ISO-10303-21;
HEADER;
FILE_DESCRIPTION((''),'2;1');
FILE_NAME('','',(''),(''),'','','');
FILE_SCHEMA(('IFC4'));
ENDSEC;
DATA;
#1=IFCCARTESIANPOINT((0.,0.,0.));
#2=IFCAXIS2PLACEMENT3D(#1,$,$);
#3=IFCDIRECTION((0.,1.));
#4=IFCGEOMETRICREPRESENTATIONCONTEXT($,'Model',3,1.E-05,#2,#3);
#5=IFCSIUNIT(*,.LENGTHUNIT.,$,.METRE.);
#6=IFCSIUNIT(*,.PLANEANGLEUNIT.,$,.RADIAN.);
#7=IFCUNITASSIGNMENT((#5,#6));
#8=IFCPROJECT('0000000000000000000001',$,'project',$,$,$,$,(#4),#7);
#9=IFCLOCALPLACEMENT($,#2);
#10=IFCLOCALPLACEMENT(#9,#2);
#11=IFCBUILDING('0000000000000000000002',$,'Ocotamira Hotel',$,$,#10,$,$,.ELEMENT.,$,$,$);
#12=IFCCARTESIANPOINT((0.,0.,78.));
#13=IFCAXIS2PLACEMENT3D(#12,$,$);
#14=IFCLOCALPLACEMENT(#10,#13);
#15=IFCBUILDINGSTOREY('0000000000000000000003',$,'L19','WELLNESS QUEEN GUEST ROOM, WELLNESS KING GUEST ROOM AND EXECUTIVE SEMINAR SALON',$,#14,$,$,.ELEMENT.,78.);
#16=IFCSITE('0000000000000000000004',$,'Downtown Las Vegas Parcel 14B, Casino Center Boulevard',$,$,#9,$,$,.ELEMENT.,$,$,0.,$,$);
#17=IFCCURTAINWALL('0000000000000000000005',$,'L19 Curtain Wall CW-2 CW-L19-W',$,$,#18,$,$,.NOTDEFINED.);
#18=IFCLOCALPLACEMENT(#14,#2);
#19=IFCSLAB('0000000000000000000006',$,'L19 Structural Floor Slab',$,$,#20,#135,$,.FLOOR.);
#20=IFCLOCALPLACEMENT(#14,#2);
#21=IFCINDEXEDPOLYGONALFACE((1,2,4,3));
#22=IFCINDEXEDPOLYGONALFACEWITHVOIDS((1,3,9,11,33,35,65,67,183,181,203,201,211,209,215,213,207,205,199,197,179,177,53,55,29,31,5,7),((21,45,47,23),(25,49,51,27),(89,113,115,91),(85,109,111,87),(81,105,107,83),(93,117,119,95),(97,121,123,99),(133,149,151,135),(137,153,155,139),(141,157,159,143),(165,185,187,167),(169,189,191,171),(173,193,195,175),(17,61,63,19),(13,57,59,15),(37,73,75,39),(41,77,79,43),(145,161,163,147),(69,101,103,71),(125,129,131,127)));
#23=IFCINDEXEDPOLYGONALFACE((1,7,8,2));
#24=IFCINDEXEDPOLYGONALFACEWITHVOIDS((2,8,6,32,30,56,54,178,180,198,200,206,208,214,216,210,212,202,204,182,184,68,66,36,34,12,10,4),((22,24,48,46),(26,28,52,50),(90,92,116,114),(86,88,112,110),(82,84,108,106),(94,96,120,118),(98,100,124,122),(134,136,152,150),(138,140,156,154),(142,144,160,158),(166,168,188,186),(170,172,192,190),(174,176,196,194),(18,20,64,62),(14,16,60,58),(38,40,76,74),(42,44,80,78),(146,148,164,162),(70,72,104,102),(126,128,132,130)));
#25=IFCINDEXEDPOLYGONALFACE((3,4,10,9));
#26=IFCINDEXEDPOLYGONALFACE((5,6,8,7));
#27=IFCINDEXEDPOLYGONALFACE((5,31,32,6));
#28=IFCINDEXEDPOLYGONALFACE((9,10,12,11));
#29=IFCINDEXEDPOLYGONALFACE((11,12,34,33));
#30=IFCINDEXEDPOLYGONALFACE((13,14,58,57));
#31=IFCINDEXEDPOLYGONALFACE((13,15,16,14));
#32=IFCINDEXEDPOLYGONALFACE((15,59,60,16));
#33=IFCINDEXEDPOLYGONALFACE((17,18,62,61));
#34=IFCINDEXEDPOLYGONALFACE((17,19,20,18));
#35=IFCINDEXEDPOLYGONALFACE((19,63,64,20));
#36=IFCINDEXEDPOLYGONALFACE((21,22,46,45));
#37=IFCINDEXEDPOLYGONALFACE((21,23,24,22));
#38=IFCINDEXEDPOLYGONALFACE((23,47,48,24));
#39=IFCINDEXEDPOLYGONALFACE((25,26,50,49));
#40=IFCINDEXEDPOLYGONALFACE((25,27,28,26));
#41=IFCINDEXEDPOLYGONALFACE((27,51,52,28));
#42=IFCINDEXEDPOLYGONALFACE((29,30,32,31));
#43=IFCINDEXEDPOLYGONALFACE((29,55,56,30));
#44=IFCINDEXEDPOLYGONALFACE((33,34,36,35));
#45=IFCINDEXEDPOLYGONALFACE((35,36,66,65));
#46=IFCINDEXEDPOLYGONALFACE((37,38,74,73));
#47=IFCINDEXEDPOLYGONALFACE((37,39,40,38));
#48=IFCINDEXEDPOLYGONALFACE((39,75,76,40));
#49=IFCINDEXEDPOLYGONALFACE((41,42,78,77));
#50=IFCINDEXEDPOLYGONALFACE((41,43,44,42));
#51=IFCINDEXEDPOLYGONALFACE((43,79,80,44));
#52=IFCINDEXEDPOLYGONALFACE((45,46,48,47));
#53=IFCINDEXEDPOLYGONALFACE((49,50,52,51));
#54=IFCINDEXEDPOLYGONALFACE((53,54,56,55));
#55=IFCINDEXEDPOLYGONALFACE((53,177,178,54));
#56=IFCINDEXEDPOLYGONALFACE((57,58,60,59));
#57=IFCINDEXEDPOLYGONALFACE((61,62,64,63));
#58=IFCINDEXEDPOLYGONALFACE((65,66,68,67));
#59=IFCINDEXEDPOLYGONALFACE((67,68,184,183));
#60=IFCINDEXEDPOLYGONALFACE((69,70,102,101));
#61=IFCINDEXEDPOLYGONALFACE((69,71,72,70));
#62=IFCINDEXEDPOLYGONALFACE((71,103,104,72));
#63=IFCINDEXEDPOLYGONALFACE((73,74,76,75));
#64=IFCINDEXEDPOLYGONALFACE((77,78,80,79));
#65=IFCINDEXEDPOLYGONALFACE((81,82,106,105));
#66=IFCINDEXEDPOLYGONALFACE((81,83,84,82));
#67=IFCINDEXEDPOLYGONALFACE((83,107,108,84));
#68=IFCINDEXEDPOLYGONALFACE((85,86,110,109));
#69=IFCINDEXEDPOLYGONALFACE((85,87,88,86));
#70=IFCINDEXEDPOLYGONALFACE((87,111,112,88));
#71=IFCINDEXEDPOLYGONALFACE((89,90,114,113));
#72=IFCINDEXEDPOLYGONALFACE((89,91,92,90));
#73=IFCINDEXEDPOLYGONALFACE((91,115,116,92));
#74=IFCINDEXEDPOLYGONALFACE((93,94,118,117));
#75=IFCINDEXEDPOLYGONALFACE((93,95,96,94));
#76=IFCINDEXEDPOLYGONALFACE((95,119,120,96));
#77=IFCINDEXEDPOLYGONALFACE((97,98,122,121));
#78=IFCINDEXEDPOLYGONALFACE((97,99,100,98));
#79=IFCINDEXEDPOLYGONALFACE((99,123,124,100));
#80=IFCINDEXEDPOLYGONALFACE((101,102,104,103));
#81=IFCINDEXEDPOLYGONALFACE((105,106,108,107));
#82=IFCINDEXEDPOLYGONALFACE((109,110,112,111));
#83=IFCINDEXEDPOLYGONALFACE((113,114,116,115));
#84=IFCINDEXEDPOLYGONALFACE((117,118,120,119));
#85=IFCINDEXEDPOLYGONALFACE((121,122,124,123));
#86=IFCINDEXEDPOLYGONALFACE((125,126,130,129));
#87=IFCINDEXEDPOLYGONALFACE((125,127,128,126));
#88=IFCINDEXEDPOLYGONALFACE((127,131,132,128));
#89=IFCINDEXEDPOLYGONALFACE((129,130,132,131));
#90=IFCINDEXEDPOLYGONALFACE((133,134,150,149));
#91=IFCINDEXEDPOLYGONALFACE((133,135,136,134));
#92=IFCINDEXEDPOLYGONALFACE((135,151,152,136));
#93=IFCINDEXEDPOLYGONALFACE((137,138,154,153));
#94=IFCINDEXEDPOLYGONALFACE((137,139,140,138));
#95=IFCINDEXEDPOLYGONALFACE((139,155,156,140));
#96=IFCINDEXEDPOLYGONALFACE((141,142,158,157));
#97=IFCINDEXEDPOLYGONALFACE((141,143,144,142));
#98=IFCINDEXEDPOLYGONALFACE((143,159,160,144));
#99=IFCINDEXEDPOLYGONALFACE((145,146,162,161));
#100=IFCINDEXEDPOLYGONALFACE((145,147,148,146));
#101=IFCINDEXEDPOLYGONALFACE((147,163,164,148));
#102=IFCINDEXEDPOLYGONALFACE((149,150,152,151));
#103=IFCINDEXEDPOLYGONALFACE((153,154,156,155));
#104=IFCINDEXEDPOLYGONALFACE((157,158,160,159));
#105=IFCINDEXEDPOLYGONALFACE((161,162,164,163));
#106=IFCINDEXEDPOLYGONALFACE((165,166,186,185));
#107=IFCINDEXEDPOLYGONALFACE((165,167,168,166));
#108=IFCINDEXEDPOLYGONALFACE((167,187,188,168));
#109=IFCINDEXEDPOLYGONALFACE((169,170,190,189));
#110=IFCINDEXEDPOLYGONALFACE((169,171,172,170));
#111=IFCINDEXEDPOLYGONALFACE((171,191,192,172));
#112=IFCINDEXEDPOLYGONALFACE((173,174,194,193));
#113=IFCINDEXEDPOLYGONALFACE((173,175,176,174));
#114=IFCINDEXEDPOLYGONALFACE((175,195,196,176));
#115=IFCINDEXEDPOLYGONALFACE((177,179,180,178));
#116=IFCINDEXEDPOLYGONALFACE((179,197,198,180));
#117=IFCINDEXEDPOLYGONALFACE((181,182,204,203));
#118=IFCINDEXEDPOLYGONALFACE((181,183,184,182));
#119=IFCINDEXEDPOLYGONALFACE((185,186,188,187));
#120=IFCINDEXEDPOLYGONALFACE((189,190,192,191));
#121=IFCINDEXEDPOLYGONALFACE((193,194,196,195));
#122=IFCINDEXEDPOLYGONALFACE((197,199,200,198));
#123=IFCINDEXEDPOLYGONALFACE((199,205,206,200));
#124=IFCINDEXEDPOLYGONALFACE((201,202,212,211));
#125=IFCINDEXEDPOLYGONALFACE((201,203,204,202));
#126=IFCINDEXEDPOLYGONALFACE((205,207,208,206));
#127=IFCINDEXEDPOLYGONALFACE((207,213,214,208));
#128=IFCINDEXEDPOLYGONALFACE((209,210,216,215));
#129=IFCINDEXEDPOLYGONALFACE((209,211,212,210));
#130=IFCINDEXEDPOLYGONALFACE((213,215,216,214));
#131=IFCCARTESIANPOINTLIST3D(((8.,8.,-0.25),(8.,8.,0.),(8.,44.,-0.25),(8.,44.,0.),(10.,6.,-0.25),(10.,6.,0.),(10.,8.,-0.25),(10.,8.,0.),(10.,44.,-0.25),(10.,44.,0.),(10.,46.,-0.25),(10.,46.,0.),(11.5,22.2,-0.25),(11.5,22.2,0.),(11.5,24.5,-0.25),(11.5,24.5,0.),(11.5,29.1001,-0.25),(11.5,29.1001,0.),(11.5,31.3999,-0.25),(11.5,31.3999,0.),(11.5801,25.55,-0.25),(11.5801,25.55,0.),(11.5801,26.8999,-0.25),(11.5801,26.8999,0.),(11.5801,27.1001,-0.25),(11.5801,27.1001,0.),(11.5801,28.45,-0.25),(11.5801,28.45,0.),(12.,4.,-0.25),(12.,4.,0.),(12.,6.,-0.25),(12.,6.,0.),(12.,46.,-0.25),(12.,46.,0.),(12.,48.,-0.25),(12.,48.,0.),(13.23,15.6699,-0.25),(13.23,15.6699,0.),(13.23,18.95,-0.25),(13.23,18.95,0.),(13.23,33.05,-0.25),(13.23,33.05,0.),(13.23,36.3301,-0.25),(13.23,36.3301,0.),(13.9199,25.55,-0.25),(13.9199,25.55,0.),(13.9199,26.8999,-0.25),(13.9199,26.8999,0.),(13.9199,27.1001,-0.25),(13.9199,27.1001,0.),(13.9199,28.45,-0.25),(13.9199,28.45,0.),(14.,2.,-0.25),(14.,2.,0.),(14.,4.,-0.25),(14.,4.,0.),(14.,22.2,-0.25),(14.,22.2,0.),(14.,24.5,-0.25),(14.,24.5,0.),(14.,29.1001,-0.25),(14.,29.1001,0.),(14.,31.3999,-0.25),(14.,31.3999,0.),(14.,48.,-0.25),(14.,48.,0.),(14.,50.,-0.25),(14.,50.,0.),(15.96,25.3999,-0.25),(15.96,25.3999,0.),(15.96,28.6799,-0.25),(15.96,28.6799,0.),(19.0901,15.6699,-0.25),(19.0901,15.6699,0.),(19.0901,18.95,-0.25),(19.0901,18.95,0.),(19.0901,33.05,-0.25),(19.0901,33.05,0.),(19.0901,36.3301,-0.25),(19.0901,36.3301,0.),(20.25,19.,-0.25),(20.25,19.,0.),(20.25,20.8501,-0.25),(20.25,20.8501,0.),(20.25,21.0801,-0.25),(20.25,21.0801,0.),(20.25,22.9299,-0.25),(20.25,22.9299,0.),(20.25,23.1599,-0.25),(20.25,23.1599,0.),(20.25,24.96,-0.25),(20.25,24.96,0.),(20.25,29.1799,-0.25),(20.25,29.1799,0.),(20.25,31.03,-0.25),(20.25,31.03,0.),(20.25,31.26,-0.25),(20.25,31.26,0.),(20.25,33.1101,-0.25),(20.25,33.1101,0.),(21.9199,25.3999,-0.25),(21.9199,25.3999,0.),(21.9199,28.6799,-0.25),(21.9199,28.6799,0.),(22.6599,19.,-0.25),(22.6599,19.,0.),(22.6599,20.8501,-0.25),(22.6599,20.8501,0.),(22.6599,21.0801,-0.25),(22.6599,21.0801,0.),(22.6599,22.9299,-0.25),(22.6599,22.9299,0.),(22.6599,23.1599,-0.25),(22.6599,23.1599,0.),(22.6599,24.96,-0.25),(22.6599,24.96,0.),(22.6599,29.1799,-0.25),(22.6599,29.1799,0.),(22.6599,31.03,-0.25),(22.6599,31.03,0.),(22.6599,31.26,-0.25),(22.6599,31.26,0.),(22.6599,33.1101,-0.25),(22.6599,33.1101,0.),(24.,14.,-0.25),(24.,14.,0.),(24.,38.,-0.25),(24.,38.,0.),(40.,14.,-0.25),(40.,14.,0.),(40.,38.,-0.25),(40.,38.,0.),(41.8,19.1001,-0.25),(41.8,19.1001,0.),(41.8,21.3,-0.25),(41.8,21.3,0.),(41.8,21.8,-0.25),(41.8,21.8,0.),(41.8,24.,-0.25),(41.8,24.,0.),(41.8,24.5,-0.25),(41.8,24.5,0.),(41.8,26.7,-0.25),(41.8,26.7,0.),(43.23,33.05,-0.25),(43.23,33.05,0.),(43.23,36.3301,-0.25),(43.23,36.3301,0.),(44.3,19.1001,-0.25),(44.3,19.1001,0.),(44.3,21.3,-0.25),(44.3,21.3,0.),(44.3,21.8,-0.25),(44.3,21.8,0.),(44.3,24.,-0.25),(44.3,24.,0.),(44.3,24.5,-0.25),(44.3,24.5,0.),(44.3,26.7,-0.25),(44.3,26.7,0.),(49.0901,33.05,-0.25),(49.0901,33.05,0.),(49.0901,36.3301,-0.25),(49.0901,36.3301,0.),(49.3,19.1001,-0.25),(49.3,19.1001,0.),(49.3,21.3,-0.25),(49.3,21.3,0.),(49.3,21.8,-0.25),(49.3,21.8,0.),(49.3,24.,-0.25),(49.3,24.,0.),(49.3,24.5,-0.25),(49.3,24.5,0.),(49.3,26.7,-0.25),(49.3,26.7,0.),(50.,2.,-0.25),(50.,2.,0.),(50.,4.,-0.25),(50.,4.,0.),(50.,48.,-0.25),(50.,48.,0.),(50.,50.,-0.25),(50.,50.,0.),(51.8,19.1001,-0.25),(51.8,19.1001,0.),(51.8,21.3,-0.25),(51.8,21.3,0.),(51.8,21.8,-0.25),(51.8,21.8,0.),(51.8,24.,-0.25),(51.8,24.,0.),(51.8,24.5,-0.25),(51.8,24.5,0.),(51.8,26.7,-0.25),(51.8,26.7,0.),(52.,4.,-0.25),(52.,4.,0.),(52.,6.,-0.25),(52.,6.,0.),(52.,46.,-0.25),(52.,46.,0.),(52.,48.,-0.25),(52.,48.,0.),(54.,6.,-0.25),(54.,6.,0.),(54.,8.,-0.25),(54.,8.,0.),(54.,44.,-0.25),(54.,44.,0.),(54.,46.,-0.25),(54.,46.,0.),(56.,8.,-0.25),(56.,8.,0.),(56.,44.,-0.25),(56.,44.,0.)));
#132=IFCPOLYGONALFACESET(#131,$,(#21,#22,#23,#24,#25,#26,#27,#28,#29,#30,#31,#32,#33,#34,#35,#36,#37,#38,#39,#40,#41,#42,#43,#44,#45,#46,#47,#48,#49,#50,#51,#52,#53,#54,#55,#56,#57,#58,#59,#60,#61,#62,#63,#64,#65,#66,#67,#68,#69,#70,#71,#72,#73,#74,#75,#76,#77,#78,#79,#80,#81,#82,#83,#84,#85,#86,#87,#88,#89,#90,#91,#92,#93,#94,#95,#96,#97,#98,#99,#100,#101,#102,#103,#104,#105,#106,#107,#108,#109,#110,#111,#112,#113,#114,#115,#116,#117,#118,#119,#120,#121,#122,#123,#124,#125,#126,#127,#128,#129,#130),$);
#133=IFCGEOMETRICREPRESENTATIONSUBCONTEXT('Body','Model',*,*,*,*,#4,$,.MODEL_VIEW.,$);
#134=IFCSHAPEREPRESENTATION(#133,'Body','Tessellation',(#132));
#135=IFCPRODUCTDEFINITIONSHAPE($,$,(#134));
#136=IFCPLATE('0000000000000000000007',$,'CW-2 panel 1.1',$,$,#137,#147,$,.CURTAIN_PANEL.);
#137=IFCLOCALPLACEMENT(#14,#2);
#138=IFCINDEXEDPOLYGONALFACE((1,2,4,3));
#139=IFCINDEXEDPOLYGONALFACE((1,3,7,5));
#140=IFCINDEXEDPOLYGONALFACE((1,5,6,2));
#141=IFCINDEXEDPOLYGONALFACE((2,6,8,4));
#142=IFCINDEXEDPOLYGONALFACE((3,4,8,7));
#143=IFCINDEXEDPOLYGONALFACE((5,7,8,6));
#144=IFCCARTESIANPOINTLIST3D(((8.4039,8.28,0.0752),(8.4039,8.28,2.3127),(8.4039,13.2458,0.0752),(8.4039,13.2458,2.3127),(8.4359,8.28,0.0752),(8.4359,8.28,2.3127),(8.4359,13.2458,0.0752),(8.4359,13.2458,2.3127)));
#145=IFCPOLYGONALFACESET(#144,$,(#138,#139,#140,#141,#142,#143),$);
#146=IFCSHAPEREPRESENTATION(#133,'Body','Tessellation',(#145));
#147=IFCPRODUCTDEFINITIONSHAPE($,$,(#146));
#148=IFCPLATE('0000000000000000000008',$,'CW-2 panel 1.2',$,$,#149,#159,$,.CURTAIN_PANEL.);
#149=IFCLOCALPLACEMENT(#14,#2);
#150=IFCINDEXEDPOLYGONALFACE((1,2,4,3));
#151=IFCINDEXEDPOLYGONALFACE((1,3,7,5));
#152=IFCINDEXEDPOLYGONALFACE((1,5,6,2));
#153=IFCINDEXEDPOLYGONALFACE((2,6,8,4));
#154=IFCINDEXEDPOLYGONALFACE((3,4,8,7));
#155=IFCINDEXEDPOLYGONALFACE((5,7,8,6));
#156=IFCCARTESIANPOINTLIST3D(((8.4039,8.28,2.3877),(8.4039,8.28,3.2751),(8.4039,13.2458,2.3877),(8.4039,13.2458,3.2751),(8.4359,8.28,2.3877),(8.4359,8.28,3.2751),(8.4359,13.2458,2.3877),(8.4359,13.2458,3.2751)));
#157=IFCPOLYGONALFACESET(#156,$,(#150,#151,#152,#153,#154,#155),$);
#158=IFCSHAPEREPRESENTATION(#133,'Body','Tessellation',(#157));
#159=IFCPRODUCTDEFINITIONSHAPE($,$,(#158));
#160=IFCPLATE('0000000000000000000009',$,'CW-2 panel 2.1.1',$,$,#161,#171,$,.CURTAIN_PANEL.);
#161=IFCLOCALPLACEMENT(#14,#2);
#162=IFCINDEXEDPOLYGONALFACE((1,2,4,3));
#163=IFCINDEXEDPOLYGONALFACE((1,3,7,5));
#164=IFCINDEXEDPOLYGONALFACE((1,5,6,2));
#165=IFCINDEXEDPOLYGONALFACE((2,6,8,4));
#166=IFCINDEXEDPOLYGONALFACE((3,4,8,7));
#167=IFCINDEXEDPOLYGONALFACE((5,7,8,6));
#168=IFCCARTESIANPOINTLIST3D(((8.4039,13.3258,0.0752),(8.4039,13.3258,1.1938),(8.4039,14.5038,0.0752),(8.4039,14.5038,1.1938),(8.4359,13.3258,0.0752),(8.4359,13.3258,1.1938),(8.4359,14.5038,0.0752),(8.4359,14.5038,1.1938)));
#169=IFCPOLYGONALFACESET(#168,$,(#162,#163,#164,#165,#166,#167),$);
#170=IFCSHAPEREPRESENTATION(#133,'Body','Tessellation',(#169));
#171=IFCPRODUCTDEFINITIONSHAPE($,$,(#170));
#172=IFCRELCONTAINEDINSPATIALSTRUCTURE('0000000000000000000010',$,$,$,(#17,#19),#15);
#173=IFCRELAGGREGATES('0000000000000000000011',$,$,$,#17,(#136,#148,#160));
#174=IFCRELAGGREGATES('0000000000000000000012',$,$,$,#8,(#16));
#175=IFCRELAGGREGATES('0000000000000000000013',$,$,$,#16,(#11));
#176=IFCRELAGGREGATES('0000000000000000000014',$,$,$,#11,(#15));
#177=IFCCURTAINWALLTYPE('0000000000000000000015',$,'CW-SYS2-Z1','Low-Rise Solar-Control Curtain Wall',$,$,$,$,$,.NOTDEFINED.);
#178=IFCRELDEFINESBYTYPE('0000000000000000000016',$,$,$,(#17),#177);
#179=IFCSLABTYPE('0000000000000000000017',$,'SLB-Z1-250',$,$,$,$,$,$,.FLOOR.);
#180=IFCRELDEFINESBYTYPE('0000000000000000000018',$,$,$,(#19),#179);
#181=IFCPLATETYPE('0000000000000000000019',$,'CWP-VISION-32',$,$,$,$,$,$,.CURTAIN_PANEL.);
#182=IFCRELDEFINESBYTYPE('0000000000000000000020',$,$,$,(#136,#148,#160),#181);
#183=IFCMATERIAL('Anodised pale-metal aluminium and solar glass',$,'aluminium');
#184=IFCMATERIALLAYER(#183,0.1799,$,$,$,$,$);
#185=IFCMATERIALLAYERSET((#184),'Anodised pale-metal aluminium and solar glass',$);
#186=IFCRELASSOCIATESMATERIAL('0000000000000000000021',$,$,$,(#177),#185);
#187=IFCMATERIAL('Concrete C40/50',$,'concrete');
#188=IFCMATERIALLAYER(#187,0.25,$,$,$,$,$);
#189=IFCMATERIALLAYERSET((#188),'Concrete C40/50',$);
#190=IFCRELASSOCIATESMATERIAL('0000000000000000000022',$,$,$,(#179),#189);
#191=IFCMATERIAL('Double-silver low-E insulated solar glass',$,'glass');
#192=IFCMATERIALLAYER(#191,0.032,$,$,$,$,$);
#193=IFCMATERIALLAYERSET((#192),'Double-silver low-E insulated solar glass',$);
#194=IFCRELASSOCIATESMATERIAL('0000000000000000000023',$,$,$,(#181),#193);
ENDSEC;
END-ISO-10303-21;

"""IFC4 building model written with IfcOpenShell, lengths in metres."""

from ifc_helpers import new_model, si_unit, direction, frame, origin, origin_2d, place, context, subcontext, project, spatial, polyline, rectangle, outline, extrude, source, transform, mapped, material, layer, layer_set, type_object, element, aggregate, save


model = new_model("IFC4")

# Units and contexts
model_context = context("Model", 3, precision=1e-05, world=origin(), true_north=direction((0.0, 1.0)))
body_context = subcontext(model_context, "Body", "Model", "MODEL_VIEW")
ifc_project = project(units=[si_unit("LENGTHUNIT", "METRE"), si_unit("PLANEANGLEUNIT", "RADIAN")], contexts=[model_context])

# Site, building, storey
site_placement = place(None, origin())
site = spatial("IfcSite", under=ifc_project, at=site_placement, Name="Downtown Las Vegas Parcel 14B, Casino Center Boulevard", CompositionType="ELEMENT", RefElevation=0.0)
building_placement = place(site_placement, origin())
building = spatial("IfcBuilding", under=site, at=building_placement, Name="Ocotamira Hotel", CompositionType="ELEMENT")
storey_placement = place(building_placement, frame((0.0, 0.0, 78.0)))
storey = spatial("IfcBuildingStorey", under=building, at=storey_placement, Name="L19", Description="WELLNESS QUEEN GUEST ROOM, WELLNESS KING GUEST ROOM AND EXECUTIVE SEMINAR SALON", CompositionType="ELEMENT", Elevation=78.0)

# Curtain wall
ifc_material_1 = material(Name="Anodised pale-metal aluminium and solar glass", Category="aluminium")
ifc_layer_1 = layer(ifc_material_1, 0.1799)
ifc_layer_set_1 = layer_set([ifc_layer_1], Name="Anodised pale-metal aluminium and solar glass")
curtain_wall_type = type_object("IfcCurtainWallType", Name="CW-SYS2-Z1", Description="Low-Rise Solar-Control Curtain Wall", PredefinedType="NOTDEFINED", material=ifc_layer_set_1)
curtain_wall_placement = place(storey_placement, origin())
curtain_wall = element("IfcCurtainWall", 1, at=curtain_wall_placement, inside=storey, type_object=curtain_wall_type, Name="L19 Curtain Wall CW-2 CW-L19-W", PredefinedType="NOTDEFINED")

# Shared definitions
ifc_material_2 = material(Name="Concrete C40/50", Category="concrete")

# Slab
ifc_layer_2 = layer(ifc_material_2, 0.25)
ifc_layer_set_2 = layer_set([ifc_layer_2], Name="Concrete C40/50")
slab_type_1 = type_object("IfcSlabType", Name="SLB-Z1-250", PredefinedType="FLOOR", material=ifc_layer_set_2)
slab_1_placement = place(storey_placement, frame((0.0, 0.0, -0.25)))
element("IfcSlab", 2, at=slab_1_placement, inside=storey, type_object=slab_type_1, Name="L19 Structural Floor Slab", PredefinedType="FLOOR", context=body_context, shape_type="SweptSolid", body=[
    extrude(outline(polyline([(14.0, 2.0), (50.0, 2.0), (50.0, 4.0), (52.0, 4.0), (52.0, 6.0), (54.0, 6.0), (54.0, 8.0), (56.0, 8.0), (56.0, 44.0), (54.0, 44.0), (54.0, 46.0), (52.0, 46.0), (52.0, 48.0), (50.0, 48.0), (50.0, 50.0), (14.0, 50.0), (14.0, 48.0), (12.0, 48.0), (12.0, 46.0), (10.0, 46.0), (10.0, 44.0), (8.0, 44.0), (8.0, 8.0), (10.0, 8.0), (10.0, 6.0), (12.0, 6.0), (12.0, 4.0), (14.0, 4.0), (14.0, 2.0)]), holes=[polyline([(24.0, 14.0), (40.0, 14.0), (40.0, 38.0), (24.0, 38.0), (24.0, 14.0)]), polyline([(13.23, 15.6699), (19.0901, 15.6699), (19.0901, 18.95), (13.23, 18.95), (13.23, 15.6699)]), polyline([(13.23, 33.05), (19.0901, 33.05), (19.0901, 36.3301), (13.23, 36.3301), (13.23, 33.05)]), polyline([(15.96, 25.3999), (21.9199, 25.3999), (21.9199, 28.6799), (15.96, 28.6799), (15.96, 25.3999)]), polyline([(43.23, 33.05), (49.0901, 33.05), (49.0901, 36.3301), (43.23, 36.3301), (43.23, 33.05)]), polyline([(49.3, 19.1001), (51.8, 19.1001), (51.8, 21.3), (49.3, 21.3), (49.3, 19.1001)]), polyline([(49.3, 21.8), (51.8, 21.8), (51.8, 24.0), (49.3, 24.0), (49.3, 21.8)]), polyline([(49.3, 24.5), (51.8, 24.5), (51.8, 26.7), (49.3, 26.7), (49.3, 24.5)]), polyline([(41.8, 19.1001), (44.3, 19.1001), (44.3, 21.3), (41.8, 21.3), (41.8, 19.1001)]), polyline([(41.8, 21.8), (44.3, 21.8), (44.3, 24.0), (41.8, 24.0), (41.8, 21.8)]), polyline([(41.8, 24.5), (44.3, 24.5), (44.3, 26.7), (41.8, 26.7), (41.8, 24.5)]), polyline([(20.25, 19.0), (22.6599, 19.0), (22.6599, 20.8501), (20.25, 20.8501), (20.25, 19.0)]), polyline([(20.25, 21.0801), (22.6599, 21.0801), (22.6599, 22.9299), (20.25, 22.9299), (20.25, 21.0801)]), polyline([(20.25, 23.1599), (22.6599, 23.1599), (22.6599, 24.96), (20.25, 24.96), (20.25, 23.1599)]), polyline([(20.25, 29.1799), (22.6599, 29.1799), (22.6599, 31.03), (20.25, 31.03), (20.25, 29.1799)]), polyline([(20.25, 31.26), (22.6599, 31.26), (22.6599, 33.1101), (20.25, 33.1101), (20.25, 31.26)]), polyline([(11.5, 22.2), (14.0, 22.2), (14.0, 24.5), (11.5, 24.5), (11.5, 22.2)]), polyline([(11.5, 29.1001), (14.0, 29.1001), (14.0, 31.3999), (11.5, 31.3999), (11.5, 29.1001)]), polyline([(11.5801, 25.55), (13.9199, 25.55), (13.9199, 26.8999), (11.5801, 26.8999), (11.5801, 25.55)]), polyline([(11.5801, 27.1001), (13.9199, 27.1001), (13.9199, 28.45), (11.5801, 28.45), (11.5801, 27.1001)])]), origin(), (0.0, 0.0, 1.0), 0.25),
])

# Plates
ifc_material_3 = material(Name="Double-silver low-E insulated solar glass", Category="glass")
ifc_layer_3 = layer(ifc_material_3, 0.032)
ifc_layer_set_3 = layer_set([ifc_layer_3], Name="Double-silver low-E insulated solar glass")
plate_type = type_object("IfcPlateType", Name="CWP-VISION-32", PredefinedType="CURTAIN_PANEL", material=ifc_layer_set_3)
shared_shape_1 = source(origin(), body_context, "Body", "SweptSolid", [
    extrude(rectangle(XDim=4.9658, YDim=0.032, at=origin_2d()), origin(), (0.0, 0.0, 1.0), 2.2375),
])
plate_1_placement = place(storey_placement, frame((8.4199, 10.7629, 0.0752), z_axis=(0.0, 0.0, 1.0), x_axis=(0.0, 1.0, 0.0)))
plate_1 = element("IfcPlate", 3, at=plate_1_placement, type_object=plate_type, Name="CW-2 panel 1.1", PredefinedType="CURTAIN_PANEL", context=body_context, shape_type="MappedRepresentation", body=[
    mapped(shared_shape_1, transform((0.0, 0.0, 0.0), scale=1.0)),
])
shared_shape_2 = source(origin(), body_context, "Body", "SweptSolid", [
    extrude(rectangle(XDim=4.9658, YDim=0.032, at=origin_2d()), origin(), (0.0, 0.0, 1.0), 0.8875),
])
plate_2_placement = place(storey_placement, frame((8.4199, 10.7629, 2.3877), z_axis=(0.0, 0.0, 1.0), x_axis=(0.0, 1.0, 0.0)))
plate_2 = element("IfcPlate", 4, at=plate_2_placement, type_object=plate_type, Name="CW-2 panel 1.2", PredefinedType="CURTAIN_PANEL", context=body_context, shape_type="MappedRepresentation", body=[
    mapped(shared_shape_2, transform((0.0, 0.0, 0.0), scale=1.0)),
])
shared_shape_3 = source(origin(), body_context, "Body", "SweptSolid", [
    extrude(rectangle(XDim=1.178, YDim=0.032, at=origin_2d()), origin(), (0.0, 0.0, 1.0), 1.1187),
])
plate_3_placement = place(storey_placement, frame((8.4199, 13.9148, 0.0752), z_axis=(0.0, 0.0, 1.0), x_axis=(0.0, 1.0, 0.0)))
plate_3 = element("IfcPlate", 5, at=plate_3_placement, type_object=plate_type, Name="CW-2 panel 2.1.1", PredefinedType="CURTAIN_PANEL", context=body_context, shape_type="MappedRepresentation", body=[
    mapped(shared_shape_3, transform((0.0, 0.0, 0.0), scale=1.0)),
])
aggregate(curtain_wall, [plate_1, plate_2, plate_3])

save(model, "model.ifc")
